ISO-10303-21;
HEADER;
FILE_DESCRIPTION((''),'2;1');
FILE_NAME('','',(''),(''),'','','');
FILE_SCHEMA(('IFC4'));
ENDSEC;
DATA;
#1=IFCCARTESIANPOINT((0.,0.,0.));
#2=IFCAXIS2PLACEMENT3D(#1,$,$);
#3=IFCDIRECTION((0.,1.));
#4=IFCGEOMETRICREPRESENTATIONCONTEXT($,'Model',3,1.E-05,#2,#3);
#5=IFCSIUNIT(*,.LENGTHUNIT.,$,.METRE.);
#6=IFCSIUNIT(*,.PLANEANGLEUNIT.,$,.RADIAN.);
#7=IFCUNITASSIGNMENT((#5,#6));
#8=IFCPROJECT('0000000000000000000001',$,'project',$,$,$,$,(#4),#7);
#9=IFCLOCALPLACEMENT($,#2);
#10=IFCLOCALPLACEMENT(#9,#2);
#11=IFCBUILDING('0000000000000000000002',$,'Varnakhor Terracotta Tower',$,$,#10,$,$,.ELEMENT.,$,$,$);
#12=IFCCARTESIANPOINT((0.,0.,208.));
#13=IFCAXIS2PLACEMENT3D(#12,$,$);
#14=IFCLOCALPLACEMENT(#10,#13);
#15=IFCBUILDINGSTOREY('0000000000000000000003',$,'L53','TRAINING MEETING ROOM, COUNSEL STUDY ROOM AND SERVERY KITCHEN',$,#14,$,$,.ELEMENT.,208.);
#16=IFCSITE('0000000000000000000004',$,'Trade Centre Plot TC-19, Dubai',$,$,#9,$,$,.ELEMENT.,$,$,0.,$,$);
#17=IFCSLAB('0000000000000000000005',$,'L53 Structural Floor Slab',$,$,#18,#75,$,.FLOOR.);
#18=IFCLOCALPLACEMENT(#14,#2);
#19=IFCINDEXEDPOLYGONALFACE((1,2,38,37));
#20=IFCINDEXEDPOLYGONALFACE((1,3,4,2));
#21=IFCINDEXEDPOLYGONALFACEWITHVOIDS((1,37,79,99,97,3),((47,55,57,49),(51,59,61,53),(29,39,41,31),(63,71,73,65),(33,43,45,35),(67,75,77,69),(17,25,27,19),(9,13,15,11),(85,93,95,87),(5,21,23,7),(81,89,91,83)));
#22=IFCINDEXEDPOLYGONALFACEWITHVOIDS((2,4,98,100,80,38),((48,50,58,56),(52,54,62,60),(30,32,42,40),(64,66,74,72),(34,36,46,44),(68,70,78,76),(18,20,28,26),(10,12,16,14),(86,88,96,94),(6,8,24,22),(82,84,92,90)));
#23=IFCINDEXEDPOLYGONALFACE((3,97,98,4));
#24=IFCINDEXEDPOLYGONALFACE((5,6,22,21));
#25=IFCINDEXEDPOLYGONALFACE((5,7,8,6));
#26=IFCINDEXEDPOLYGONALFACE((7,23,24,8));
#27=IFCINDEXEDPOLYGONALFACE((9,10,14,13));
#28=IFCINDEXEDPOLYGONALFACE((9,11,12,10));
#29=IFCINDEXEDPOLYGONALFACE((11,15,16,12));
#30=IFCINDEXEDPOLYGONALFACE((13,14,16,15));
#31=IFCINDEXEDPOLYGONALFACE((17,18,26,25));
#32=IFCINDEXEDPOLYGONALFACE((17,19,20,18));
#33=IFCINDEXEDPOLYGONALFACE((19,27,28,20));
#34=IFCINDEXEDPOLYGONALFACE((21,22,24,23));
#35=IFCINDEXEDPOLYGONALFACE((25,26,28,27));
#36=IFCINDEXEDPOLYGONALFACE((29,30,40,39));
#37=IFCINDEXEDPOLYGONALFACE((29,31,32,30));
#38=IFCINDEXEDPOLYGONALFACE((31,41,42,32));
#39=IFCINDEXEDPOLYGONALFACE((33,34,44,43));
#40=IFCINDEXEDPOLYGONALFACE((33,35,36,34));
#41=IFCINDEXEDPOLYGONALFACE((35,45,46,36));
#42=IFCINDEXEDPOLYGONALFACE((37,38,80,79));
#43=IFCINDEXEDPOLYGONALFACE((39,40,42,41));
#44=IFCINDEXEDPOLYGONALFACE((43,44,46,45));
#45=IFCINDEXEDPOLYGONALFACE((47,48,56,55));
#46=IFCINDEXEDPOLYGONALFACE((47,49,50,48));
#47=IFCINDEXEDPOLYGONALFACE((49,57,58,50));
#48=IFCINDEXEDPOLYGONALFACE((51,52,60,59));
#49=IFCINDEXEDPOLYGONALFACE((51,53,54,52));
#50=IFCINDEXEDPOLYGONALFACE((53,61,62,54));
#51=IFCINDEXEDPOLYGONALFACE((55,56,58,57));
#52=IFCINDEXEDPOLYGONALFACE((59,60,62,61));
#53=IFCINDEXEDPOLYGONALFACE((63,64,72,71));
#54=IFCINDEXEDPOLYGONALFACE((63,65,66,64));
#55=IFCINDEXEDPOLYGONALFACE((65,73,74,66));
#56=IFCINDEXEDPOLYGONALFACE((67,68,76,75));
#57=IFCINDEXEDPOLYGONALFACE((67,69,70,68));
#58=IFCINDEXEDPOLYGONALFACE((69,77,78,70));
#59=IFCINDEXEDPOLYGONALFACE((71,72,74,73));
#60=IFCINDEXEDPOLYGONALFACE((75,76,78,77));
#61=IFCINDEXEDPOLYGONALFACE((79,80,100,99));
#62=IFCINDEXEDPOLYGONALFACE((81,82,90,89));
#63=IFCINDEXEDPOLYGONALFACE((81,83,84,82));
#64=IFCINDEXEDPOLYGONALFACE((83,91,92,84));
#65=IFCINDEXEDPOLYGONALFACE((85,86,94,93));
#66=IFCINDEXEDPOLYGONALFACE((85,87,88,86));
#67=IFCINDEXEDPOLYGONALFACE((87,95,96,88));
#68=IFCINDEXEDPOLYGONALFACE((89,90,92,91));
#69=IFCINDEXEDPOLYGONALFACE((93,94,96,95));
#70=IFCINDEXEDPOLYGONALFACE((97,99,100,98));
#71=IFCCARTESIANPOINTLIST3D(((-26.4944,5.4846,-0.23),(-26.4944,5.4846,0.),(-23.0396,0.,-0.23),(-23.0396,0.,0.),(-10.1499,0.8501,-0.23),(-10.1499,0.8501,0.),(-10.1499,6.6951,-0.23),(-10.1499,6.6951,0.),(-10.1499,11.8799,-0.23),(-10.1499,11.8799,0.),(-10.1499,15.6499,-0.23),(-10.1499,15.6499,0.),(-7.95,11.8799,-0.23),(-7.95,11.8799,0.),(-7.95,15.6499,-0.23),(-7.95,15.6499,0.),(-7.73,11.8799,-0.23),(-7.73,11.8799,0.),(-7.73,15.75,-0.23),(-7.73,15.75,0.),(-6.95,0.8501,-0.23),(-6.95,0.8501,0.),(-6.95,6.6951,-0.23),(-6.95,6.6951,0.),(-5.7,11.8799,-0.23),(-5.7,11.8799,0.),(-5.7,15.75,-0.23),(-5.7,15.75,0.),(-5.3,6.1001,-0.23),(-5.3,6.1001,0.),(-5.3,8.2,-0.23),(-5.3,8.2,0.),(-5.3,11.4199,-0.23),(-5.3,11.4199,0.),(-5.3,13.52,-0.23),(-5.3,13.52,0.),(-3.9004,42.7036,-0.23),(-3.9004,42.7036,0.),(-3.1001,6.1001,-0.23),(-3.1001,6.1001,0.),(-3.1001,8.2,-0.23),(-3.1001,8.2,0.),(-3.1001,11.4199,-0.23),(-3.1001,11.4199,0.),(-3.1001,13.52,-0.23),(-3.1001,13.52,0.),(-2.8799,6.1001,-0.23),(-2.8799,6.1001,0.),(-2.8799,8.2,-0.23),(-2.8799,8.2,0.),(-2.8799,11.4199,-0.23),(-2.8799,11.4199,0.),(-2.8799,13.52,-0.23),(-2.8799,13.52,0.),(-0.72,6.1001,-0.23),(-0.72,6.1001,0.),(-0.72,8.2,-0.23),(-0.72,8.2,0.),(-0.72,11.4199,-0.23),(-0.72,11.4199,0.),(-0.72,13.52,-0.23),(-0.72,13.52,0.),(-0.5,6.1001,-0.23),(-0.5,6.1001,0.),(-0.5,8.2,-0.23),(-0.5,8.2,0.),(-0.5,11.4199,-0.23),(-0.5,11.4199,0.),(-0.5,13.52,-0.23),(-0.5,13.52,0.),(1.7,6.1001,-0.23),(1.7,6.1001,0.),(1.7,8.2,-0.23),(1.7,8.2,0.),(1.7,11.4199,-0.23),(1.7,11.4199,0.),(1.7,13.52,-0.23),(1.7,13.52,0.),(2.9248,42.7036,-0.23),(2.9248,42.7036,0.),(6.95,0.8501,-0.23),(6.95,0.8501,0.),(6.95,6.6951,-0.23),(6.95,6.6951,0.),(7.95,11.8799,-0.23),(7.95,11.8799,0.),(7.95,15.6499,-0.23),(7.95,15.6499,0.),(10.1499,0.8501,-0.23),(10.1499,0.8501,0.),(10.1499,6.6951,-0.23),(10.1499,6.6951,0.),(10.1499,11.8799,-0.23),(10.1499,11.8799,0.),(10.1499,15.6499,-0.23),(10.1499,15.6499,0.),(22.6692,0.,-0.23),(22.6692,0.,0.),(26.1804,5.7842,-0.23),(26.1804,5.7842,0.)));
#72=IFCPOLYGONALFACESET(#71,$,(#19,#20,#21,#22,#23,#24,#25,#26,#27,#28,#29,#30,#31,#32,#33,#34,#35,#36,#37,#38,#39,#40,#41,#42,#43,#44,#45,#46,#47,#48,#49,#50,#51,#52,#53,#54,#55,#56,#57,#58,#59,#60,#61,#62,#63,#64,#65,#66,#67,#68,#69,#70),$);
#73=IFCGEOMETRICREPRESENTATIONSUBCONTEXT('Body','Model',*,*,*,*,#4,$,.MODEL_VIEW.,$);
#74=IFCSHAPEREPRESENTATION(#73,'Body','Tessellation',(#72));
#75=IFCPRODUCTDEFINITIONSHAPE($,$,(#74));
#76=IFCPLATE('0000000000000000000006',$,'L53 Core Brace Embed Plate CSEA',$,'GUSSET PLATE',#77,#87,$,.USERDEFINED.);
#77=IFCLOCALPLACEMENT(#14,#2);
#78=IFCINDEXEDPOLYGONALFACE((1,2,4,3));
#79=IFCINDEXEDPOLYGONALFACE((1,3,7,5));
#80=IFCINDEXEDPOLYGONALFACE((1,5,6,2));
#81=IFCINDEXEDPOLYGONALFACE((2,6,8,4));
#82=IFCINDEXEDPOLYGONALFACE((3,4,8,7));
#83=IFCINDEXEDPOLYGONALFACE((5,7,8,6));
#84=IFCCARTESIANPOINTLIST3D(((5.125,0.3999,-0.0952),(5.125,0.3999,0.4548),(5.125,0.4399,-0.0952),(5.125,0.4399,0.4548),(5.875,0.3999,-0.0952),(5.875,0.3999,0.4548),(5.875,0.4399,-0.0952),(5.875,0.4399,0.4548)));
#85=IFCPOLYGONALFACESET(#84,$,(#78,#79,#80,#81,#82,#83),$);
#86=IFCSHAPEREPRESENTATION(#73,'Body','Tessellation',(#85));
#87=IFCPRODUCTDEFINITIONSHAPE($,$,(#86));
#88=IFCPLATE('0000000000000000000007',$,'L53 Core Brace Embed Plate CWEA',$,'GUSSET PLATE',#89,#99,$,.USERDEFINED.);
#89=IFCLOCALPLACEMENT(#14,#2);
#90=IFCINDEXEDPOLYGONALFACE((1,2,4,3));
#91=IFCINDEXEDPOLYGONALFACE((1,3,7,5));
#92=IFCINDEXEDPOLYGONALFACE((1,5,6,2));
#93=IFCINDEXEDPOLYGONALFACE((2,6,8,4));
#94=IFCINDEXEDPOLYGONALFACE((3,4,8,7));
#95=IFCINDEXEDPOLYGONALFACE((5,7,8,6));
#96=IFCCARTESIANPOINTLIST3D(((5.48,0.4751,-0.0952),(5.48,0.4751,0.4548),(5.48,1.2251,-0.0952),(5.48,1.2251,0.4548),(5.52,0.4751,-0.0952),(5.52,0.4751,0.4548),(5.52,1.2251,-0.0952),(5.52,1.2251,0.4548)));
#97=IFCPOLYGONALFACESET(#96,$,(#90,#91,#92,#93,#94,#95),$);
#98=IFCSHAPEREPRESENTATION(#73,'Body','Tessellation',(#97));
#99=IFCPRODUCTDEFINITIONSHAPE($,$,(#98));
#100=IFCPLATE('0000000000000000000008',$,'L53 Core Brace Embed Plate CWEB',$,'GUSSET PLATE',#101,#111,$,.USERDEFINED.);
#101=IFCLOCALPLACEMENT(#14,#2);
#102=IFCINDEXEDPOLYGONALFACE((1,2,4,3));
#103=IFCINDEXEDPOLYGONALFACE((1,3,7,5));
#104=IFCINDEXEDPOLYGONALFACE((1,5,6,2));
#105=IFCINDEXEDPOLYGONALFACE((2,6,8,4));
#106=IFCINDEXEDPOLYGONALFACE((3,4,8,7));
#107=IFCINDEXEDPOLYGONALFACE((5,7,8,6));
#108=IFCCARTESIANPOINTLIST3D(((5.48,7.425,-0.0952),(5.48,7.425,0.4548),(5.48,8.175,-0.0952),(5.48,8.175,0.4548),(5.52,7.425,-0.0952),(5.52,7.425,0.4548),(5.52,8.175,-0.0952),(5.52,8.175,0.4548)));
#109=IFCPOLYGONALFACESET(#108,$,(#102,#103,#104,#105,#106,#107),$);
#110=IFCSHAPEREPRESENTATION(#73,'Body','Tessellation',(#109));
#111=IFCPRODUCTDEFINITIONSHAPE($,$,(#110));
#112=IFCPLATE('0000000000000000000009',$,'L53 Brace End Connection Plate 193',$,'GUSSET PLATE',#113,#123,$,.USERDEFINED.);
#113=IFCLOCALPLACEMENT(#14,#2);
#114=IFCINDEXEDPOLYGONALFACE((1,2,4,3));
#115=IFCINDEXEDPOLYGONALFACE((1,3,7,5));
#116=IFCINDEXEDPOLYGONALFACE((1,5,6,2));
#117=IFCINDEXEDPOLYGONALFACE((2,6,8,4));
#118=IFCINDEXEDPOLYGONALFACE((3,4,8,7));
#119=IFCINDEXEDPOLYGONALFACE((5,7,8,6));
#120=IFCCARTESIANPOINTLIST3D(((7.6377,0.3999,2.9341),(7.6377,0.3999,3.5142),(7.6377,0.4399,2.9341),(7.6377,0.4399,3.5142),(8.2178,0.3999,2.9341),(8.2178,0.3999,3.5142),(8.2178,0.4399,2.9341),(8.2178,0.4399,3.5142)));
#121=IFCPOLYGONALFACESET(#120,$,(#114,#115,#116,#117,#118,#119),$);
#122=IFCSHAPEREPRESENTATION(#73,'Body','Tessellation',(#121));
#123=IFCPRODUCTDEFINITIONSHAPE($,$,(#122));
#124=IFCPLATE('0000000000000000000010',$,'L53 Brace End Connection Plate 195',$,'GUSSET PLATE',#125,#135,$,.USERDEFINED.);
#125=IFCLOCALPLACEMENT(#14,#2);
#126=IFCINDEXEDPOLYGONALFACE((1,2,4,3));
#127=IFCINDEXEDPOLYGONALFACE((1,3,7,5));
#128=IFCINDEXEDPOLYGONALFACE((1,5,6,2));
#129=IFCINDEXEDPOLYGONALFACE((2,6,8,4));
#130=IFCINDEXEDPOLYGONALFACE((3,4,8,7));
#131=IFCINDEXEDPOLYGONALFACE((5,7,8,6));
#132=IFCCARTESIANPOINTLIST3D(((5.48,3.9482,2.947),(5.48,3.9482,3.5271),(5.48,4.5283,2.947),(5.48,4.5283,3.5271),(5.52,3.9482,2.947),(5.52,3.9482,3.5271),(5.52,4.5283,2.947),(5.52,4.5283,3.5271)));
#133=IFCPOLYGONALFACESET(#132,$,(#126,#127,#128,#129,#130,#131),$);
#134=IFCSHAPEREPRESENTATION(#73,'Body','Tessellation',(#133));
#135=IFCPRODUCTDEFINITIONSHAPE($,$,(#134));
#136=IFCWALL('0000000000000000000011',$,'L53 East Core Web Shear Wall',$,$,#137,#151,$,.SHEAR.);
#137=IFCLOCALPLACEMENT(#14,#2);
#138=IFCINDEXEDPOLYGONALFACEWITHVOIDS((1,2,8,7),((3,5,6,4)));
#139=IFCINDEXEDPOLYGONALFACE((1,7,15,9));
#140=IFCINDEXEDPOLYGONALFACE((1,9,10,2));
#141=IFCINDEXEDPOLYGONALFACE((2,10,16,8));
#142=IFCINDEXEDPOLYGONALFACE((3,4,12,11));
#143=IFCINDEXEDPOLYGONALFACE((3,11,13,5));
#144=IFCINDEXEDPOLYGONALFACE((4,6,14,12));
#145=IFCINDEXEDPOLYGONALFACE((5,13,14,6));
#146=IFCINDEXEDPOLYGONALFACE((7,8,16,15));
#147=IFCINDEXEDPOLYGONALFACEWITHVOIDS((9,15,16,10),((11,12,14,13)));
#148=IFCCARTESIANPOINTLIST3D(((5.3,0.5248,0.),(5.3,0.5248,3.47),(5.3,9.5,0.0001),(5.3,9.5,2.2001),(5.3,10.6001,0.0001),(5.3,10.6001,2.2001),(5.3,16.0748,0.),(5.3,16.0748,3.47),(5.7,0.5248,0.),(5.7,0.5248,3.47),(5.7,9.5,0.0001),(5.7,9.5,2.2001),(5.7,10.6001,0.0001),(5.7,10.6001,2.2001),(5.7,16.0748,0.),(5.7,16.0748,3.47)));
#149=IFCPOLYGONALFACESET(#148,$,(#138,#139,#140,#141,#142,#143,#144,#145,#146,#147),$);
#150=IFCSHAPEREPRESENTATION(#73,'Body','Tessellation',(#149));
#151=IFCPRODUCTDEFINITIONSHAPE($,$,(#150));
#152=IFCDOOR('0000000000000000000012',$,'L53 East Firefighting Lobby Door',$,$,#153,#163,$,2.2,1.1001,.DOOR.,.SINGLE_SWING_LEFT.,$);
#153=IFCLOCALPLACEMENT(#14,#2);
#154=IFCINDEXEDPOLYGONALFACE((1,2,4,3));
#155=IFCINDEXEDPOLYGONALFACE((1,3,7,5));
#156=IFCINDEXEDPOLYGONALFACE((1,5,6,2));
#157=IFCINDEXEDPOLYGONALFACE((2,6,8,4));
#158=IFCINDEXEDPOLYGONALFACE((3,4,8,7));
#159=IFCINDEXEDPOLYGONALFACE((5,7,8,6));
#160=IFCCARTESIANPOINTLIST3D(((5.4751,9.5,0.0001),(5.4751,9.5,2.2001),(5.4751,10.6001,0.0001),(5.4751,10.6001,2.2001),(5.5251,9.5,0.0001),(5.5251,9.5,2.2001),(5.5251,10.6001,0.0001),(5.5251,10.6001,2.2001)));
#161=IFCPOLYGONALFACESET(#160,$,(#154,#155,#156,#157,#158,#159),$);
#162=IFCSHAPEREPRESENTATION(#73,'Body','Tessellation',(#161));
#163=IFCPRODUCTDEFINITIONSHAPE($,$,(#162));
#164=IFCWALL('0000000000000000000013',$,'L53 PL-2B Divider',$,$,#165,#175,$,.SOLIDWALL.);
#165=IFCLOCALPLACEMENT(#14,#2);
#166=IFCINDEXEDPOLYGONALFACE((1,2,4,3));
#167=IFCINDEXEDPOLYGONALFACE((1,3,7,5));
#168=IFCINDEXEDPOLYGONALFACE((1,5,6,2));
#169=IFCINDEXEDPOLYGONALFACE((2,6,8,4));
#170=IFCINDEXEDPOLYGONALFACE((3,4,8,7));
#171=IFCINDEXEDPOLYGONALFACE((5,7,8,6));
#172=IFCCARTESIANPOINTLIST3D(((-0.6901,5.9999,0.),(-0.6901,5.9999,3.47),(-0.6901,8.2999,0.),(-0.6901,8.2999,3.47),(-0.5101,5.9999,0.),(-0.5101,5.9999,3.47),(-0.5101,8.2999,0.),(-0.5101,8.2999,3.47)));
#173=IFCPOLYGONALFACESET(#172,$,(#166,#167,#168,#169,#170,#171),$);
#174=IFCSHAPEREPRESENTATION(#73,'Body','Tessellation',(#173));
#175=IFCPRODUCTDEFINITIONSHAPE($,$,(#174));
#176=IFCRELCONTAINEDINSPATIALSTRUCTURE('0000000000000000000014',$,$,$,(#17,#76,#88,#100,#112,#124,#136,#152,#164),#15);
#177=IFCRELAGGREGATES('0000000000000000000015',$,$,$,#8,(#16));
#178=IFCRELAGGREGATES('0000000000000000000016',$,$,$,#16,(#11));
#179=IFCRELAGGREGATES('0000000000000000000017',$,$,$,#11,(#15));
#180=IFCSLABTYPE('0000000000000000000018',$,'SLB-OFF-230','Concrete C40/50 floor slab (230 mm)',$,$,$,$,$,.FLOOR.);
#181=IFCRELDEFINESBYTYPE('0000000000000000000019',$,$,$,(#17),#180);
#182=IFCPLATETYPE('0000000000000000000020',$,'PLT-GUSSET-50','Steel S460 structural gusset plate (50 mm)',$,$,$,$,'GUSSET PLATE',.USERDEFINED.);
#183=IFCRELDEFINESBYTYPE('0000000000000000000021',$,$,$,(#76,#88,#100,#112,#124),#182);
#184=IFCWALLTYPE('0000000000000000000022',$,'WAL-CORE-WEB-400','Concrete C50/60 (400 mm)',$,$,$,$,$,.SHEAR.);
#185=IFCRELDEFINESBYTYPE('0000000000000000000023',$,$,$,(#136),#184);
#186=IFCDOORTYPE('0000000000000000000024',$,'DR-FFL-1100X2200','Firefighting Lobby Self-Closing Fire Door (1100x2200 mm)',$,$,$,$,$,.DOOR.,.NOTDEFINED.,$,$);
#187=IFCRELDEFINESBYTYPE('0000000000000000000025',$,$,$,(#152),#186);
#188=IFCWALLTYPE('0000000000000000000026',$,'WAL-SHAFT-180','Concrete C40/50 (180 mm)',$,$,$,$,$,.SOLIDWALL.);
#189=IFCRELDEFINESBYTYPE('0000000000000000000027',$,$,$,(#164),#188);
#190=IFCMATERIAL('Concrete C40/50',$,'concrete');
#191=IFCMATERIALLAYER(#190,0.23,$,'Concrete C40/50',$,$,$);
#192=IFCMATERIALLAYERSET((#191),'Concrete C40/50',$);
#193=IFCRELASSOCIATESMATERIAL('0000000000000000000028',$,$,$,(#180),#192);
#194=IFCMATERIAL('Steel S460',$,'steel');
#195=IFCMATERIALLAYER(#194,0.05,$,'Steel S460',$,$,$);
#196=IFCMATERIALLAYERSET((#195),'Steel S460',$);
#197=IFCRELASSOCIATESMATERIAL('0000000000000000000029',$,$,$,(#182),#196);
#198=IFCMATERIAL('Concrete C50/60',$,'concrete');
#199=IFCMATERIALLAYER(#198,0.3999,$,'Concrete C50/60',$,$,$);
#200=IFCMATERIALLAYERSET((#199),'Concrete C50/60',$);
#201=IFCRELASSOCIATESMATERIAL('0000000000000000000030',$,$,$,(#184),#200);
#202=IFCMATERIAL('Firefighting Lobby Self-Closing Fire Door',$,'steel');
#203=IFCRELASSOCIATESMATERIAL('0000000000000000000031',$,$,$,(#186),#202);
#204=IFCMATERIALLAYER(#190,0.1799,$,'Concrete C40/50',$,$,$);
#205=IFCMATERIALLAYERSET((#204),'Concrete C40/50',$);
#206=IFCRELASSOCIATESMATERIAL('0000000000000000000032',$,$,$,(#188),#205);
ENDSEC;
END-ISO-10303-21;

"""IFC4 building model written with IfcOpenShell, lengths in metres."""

from ifc_helpers import new_model, si_unit, direction, frame, frame_2d, origin, origin_2d, place, context, subcontext, project, spatial, polyline, rectangle, outline, extrude, source, transform, mapped, material, layer, layer_set, type_object, type_shapes, element, fill, save


model = new_model("IFC4")

# Units and contexts
model_context = context("Model", 3, precision=1e-05, world=origin(), true_north=direction((0.0, 1.0)))
body_context = subcontext(model_context, "Body", "Model", "MODEL_VIEW")
ifc_project = project(units=[si_unit("LENGTHUNIT", "METRE"), si_unit("PLANEANGLEUNIT", "RADIAN")], contexts=[model_context])

# Site, building, storey
site_placement = place(None, origin())
site = spatial("IfcSite", under=ifc_project, at=site_placement, Name="Trade Centre Plot TC-19, Dubai", CompositionType="ELEMENT", RefElevation=0.0)
building_placement = place(site_placement, origin())
building = spatial("IfcBuilding", under=site, at=building_placement, Name="Varnakhor Terracotta Tower", CompositionType="ELEMENT")
storey_placement = place(building_placement, frame((0.0, 0.0, 208.0)))
storey = spatial("IfcBuildingStorey", under=building, at=storey_placement, Name="L53", Description="TRAINING MEETING ROOM, COUNSEL STUDY ROOM AND SERVERY KITCHEN", CompositionType="ELEMENT", Elevation=208.0)

# Shared definitions
ifc_material_1 = material(Name="Concrete C50/60", Category="concrete")

# Shared definitions
ifc_material_2 = material(Name="Steel S460", Category="steel")

# Shared definitions
ifc_material_3 = material(Name="Concrete C40/50", Category="concrete")

# Slab
ifc_layer_1 = layer(ifc_material_3, 0.23, Name="Concrete C40/50")
ifc_layer_set_1 = layer_set([ifc_layer_1], Name="Concrete C40/50")
slab_type_1 = type_object("IfcSlabType", Name="SLB-OFF-230", Description="Concrete C40/50 floor slab (230 mm)", PredefinedType="FLOOR", material=ifc_layer_set_1)
slab_1_placement = place(storey_placement, frame((0.0, 0.0, -0.23)))
element("IfcSlab", 1, at=slab_1_placement, inside=storey, type_object=slab_type_1, Name="L53 Structural Floor Slab", PredefinedType="FLOOR", context=body_context, shape_type="SweptSolid", body=[
    extrude(outline(polyline([(-26.4944, 5.4846), (-3.9004, 42.7036), (2.9248, 42.7036), (26.1804, 5.7842), (22.6692, 0.0), (-23.0396, 0.0), (-26.4944, 5.4846)]), holes=[polyline([(-6.95, 0.8501), (-6.95, 6.6951), (-10.1499, 6.6951), (-10.1499, 0.8501), (-6.95, 0.8501)]), polyline([(-3.1001, 6.1001), (-3.1001, 8.2), (-5.3, 8.2), (-5.3, 6.1001), (-3.1001, 6.1001)]), polyline([(-0.72, 6.1001), (-0.72, 8.2), (-2.8799, 8.2), (-2.8799, 6.1001), (-0.72, 6.1001)]), polyline([(-5.3, 11.4199), (-3.1001, 11.4199), (-3.1001, 13.52), (-5.3, 13.52), (-5.3, 11.4199)]), polyline([(-10.1499, 11.8799), (-7.95, 11.8799), (-7.95, 15.6499), (-10.1499, 15.6499), (-10.1499, 11.8799)]), polyline([(-5.7, 11.8799), (-5.7, 15.75), (-7.73, 15.75), (-7.73, 11.8799), (-5.7, 11.8799)]), polyline([(6.95, 0.8501), (10.1499, 0.8501), (10.1499, 6.6951), (6.95, 6.6951), (6.95, 0.8501)]), polyline([(-0.5, 6.1001), (1.7, 6.1001), (1.7, 8.2), (-0.5, 8.2), (-0.5, 6.1001)]), polyline([(-0.72, 11.4199), (-0.72, 13.52), (-2.8799, 13.52), (-2.8799, 11.4199), (-0.72, 11.4199)]), polyline([(-0.5, 11.4199), (1.7, 11.4199), (1.7, 13.52), (-0.5, 13.52), (-0.5, 11.4199)]), polyline([(7.95, 11.8799), (10.1499, 11.8799), (10.1499, 15.6499), (7.95, 15.6499), (7.95, 11.8799)])]), origin(), (0.0, 0.0, 1.0), 0.23),
])

# Plates
ifc_layer_2 = layer(ifc_material_2, 0.05, Name="Steel S460")
ifc_layer_set_2 = layer_set([ifc_layer_2], Name="Steel S460")
plate_type = type_object("IfcPlateType", Name="PLT-GUSSET-50", Description="Steel S460 structural gusset plate (50 mm)", ElementType="GUSSET PLATE", PredefinedType="USERDEFINED", material=ifc_layer_set_2)
shared_shape_1 = source(origin(), body_context, "Body", "SweptSolid", [
    extrude(rectangle(XDim=0.75, YDim=0.04, at=origin_2d()), origin(), (0.0, 0.0, 1.0), 0.55),
])
type_shapes(plate_type, [shared_shape_1])
for number, where, z_axis, x_axis, name in (
    (2, (5.5, 0.4199, -0.0952), (0.0, 0.0, 1.0), (1.0, 0.0, 0.0), "L53 Core Brace Embed Plate CSEA"),
    (3, (5.5, 0.8501, -0.0952), (0.0, 0.0, 1.0), (0.0, 1.0, 0.0), "L53 Core Brace Embed Plate CWEA"),
    (4, (5.5, 7.8, -0.0952), (0.0, 0.0, 1.0), (0.0, 1.0, 0.0), "L53 Core Brace Embed Plate CWEB"),
):
    element("IfcPlate", number, at=place(storey_placement, frame(where, z_axis=z_axis, x_axis=x_axis)), inside=storey, type_object=plate_type, Name=name, ObjectType="GUSSET PLATE", PredefinedType="USERDEFINED", context=body_context, shape_type="MappedRepresentation", body=[
        mapped(shared_shape_1, transform((0.0, 0.0, 0.0), scale=1.0)),
    ])
shared_shape_2 = source(origin(), body_context, "Body", "SweptSolid", [
    extrude(rectangle(XDim=0.5801, YDim=0.04, at=origin_2d()), origin(), (0.0, 0.0, 1.0), 0.5801),
])
for number, where, z_axis, x_axis, name in (
    (5, (7.9277, 0.4199, 2.9341), (0.0, 0.0, 1.0), (1.0, 0.0, 0.0), "L53 Brace End Connection Plate 193"),
    (6, (5.5, 4.2383, 2.947), (0.0, 0.0, 1.0), (0.0, 1.0, 0.0), "L53 Brace End Connection Plate 195"),
):
    element("IfcPlate", number, at=place(storey_placement, frame(where, z_axis=z_axis, x_axis=x_axis)), inside=storey, type_object=plate_type, Name=name, ObjectType="GUSSET PLATE", PredefinedType="USERDEFINED", context=body_context, shape_type="MappedRepresentation", body=[
        mapped(shared_shape_2, transform((0.0, 0.0, 0.0), scale=1.0)),
    ])

# Wall, opening, door
ifc_layer_3 = layer(ifc_material_1, 0.3999, Name="Concrete C50/60")
ifc_layer_set_3 = layer_set([ifc_layer_3], Name="Concrete C50/60")
wall_type_1 = type_object("IfcWallType", Name="WAL-CORE-WEB-400", Description="Concrete C50/60 (400 mm)", PredefinedType="SHEAR", material=ifc_layer_set_3)
wall_1_placement = place(storey_placement, frame((5.5, 0.5249, 0.0), z_axis=(0.0, 0.0, 1.0), x_axis=(0.0, 1.0, 0.0)))
wall_1 = element("IfcWall", 7, at=wall_1_placement, inside=storey, type_object=wall_type_1, Name="L53 East Core Web Shear Wall", PredefinedType="SHEAR", context=body_context, shape_type="SweptSolid", body=[
    extrude(rectangle(XDim=15.55, YDim=0.3999, at=frame_2d((7.7749, 0.0))), origin(), (0.0, 0.0, 1.0), 3.47),
])
opening_1_placement = place(wall_1_placement, frame((8.9751, 0.0, 0.0)))
opening_1 = element("IfcOpeningElement", 8, at=opening_1_placement, cuts=wall_1, PredefinedType="OPENING", context=body_context, shape_type="SweptSolid", body=[
    extrude(rectangle(XDim=1.1001, YDim=2.2, at=frame_2d((0.55, 1.1001))), frame((0.0, 0.21, 0.0), z_axis=(0.0, -1.0, 0.0), x_axis=(1.0, 0.0, 0.0)), (0.0, 0.0, 1.0), 0.4199),
])
ifc_material_4 = material(Name="Firefighting Lobby Self-Closing Fire Door", Category="steel")
door_type_1 = type_object("IfcDoorType", Name="DR-FFL-1100X2200", Description="Firefighting Lobby Self-Closing Fire Door (1100x2200 mm)", OperationType="NOTDEFINED", PredefinedType="DOOR", material=ifc_material_4)
shared_shape_3 = source(origin(), body_context, "Body", "SweptSolid", [
    extrude(rectangle(XDim=1.1001, YDim=2.2, at=frame_2d((0.55, 1.1001))), frame((0.0, 0.0249, 0.0), z_axis=(0.0, -1.0, 0.0), x_axis=(1.0, 0.0, 0.0)), (0.0, 0.0, 1.0), 0.05),
])
type_shapes(door_type_1, [shared_shape_3])
door_1_placement = place(opening_1_placement, origin())
door_1 = element("IfcDoor", 9, at=door_1_placement, inside=storey, type_object=door_type_1, Name="L53 East Firefighting Lobby Door", OperationType="SINGLE_SWING_LEFT", OverallHeight=2.2, OverallWidth=1.1001, PredefinedType="DOOR", context=body_context, shape_type="MappedRepresentation", body=[
    mapped(shared_shape_3, transform((0.0, 0.0, 0.0), scale=1.0)),
])
fill(opening_1, door_1)

# Wall
ifc_layer_4 = layer(ifc_material_3, 0.1799, Name="Concrete C40/50")
ifc_layer_set_4 = layer_set([ifc_layer_4], Name="Concrete C40/50")
wall_type_2 = type_object("IfcWallType", Name="WAL-SHAFT-180", Description="Concrete C40/50 (180 mm)", PredefinedType="SOLIDWALL", material=ifc_layer_set_4)
wall_2_placement = place(storey_placement, frame((-0.6001, 6.0, 0.0), z_axis=(0.0, 0.0, 1.0), x_axis=(0.0, 1.0, 0.0)))
element("IfcWall", 10, at=wall_2_placement, inside=storey, type_object=wall_type_2, Name="L53 PL-2B Divider", PredefinedType="SOLIDWALL", context=body_context, shape_type="SweptSolid", body=[
    extrude(rectangle(XDim=2.3, YDim=0.1799, at=frame_2d((1.1499, 0.0))), origin(), (0.0, 0.0, 1.0), 3.47),
])

save(model, "model.ifc")
